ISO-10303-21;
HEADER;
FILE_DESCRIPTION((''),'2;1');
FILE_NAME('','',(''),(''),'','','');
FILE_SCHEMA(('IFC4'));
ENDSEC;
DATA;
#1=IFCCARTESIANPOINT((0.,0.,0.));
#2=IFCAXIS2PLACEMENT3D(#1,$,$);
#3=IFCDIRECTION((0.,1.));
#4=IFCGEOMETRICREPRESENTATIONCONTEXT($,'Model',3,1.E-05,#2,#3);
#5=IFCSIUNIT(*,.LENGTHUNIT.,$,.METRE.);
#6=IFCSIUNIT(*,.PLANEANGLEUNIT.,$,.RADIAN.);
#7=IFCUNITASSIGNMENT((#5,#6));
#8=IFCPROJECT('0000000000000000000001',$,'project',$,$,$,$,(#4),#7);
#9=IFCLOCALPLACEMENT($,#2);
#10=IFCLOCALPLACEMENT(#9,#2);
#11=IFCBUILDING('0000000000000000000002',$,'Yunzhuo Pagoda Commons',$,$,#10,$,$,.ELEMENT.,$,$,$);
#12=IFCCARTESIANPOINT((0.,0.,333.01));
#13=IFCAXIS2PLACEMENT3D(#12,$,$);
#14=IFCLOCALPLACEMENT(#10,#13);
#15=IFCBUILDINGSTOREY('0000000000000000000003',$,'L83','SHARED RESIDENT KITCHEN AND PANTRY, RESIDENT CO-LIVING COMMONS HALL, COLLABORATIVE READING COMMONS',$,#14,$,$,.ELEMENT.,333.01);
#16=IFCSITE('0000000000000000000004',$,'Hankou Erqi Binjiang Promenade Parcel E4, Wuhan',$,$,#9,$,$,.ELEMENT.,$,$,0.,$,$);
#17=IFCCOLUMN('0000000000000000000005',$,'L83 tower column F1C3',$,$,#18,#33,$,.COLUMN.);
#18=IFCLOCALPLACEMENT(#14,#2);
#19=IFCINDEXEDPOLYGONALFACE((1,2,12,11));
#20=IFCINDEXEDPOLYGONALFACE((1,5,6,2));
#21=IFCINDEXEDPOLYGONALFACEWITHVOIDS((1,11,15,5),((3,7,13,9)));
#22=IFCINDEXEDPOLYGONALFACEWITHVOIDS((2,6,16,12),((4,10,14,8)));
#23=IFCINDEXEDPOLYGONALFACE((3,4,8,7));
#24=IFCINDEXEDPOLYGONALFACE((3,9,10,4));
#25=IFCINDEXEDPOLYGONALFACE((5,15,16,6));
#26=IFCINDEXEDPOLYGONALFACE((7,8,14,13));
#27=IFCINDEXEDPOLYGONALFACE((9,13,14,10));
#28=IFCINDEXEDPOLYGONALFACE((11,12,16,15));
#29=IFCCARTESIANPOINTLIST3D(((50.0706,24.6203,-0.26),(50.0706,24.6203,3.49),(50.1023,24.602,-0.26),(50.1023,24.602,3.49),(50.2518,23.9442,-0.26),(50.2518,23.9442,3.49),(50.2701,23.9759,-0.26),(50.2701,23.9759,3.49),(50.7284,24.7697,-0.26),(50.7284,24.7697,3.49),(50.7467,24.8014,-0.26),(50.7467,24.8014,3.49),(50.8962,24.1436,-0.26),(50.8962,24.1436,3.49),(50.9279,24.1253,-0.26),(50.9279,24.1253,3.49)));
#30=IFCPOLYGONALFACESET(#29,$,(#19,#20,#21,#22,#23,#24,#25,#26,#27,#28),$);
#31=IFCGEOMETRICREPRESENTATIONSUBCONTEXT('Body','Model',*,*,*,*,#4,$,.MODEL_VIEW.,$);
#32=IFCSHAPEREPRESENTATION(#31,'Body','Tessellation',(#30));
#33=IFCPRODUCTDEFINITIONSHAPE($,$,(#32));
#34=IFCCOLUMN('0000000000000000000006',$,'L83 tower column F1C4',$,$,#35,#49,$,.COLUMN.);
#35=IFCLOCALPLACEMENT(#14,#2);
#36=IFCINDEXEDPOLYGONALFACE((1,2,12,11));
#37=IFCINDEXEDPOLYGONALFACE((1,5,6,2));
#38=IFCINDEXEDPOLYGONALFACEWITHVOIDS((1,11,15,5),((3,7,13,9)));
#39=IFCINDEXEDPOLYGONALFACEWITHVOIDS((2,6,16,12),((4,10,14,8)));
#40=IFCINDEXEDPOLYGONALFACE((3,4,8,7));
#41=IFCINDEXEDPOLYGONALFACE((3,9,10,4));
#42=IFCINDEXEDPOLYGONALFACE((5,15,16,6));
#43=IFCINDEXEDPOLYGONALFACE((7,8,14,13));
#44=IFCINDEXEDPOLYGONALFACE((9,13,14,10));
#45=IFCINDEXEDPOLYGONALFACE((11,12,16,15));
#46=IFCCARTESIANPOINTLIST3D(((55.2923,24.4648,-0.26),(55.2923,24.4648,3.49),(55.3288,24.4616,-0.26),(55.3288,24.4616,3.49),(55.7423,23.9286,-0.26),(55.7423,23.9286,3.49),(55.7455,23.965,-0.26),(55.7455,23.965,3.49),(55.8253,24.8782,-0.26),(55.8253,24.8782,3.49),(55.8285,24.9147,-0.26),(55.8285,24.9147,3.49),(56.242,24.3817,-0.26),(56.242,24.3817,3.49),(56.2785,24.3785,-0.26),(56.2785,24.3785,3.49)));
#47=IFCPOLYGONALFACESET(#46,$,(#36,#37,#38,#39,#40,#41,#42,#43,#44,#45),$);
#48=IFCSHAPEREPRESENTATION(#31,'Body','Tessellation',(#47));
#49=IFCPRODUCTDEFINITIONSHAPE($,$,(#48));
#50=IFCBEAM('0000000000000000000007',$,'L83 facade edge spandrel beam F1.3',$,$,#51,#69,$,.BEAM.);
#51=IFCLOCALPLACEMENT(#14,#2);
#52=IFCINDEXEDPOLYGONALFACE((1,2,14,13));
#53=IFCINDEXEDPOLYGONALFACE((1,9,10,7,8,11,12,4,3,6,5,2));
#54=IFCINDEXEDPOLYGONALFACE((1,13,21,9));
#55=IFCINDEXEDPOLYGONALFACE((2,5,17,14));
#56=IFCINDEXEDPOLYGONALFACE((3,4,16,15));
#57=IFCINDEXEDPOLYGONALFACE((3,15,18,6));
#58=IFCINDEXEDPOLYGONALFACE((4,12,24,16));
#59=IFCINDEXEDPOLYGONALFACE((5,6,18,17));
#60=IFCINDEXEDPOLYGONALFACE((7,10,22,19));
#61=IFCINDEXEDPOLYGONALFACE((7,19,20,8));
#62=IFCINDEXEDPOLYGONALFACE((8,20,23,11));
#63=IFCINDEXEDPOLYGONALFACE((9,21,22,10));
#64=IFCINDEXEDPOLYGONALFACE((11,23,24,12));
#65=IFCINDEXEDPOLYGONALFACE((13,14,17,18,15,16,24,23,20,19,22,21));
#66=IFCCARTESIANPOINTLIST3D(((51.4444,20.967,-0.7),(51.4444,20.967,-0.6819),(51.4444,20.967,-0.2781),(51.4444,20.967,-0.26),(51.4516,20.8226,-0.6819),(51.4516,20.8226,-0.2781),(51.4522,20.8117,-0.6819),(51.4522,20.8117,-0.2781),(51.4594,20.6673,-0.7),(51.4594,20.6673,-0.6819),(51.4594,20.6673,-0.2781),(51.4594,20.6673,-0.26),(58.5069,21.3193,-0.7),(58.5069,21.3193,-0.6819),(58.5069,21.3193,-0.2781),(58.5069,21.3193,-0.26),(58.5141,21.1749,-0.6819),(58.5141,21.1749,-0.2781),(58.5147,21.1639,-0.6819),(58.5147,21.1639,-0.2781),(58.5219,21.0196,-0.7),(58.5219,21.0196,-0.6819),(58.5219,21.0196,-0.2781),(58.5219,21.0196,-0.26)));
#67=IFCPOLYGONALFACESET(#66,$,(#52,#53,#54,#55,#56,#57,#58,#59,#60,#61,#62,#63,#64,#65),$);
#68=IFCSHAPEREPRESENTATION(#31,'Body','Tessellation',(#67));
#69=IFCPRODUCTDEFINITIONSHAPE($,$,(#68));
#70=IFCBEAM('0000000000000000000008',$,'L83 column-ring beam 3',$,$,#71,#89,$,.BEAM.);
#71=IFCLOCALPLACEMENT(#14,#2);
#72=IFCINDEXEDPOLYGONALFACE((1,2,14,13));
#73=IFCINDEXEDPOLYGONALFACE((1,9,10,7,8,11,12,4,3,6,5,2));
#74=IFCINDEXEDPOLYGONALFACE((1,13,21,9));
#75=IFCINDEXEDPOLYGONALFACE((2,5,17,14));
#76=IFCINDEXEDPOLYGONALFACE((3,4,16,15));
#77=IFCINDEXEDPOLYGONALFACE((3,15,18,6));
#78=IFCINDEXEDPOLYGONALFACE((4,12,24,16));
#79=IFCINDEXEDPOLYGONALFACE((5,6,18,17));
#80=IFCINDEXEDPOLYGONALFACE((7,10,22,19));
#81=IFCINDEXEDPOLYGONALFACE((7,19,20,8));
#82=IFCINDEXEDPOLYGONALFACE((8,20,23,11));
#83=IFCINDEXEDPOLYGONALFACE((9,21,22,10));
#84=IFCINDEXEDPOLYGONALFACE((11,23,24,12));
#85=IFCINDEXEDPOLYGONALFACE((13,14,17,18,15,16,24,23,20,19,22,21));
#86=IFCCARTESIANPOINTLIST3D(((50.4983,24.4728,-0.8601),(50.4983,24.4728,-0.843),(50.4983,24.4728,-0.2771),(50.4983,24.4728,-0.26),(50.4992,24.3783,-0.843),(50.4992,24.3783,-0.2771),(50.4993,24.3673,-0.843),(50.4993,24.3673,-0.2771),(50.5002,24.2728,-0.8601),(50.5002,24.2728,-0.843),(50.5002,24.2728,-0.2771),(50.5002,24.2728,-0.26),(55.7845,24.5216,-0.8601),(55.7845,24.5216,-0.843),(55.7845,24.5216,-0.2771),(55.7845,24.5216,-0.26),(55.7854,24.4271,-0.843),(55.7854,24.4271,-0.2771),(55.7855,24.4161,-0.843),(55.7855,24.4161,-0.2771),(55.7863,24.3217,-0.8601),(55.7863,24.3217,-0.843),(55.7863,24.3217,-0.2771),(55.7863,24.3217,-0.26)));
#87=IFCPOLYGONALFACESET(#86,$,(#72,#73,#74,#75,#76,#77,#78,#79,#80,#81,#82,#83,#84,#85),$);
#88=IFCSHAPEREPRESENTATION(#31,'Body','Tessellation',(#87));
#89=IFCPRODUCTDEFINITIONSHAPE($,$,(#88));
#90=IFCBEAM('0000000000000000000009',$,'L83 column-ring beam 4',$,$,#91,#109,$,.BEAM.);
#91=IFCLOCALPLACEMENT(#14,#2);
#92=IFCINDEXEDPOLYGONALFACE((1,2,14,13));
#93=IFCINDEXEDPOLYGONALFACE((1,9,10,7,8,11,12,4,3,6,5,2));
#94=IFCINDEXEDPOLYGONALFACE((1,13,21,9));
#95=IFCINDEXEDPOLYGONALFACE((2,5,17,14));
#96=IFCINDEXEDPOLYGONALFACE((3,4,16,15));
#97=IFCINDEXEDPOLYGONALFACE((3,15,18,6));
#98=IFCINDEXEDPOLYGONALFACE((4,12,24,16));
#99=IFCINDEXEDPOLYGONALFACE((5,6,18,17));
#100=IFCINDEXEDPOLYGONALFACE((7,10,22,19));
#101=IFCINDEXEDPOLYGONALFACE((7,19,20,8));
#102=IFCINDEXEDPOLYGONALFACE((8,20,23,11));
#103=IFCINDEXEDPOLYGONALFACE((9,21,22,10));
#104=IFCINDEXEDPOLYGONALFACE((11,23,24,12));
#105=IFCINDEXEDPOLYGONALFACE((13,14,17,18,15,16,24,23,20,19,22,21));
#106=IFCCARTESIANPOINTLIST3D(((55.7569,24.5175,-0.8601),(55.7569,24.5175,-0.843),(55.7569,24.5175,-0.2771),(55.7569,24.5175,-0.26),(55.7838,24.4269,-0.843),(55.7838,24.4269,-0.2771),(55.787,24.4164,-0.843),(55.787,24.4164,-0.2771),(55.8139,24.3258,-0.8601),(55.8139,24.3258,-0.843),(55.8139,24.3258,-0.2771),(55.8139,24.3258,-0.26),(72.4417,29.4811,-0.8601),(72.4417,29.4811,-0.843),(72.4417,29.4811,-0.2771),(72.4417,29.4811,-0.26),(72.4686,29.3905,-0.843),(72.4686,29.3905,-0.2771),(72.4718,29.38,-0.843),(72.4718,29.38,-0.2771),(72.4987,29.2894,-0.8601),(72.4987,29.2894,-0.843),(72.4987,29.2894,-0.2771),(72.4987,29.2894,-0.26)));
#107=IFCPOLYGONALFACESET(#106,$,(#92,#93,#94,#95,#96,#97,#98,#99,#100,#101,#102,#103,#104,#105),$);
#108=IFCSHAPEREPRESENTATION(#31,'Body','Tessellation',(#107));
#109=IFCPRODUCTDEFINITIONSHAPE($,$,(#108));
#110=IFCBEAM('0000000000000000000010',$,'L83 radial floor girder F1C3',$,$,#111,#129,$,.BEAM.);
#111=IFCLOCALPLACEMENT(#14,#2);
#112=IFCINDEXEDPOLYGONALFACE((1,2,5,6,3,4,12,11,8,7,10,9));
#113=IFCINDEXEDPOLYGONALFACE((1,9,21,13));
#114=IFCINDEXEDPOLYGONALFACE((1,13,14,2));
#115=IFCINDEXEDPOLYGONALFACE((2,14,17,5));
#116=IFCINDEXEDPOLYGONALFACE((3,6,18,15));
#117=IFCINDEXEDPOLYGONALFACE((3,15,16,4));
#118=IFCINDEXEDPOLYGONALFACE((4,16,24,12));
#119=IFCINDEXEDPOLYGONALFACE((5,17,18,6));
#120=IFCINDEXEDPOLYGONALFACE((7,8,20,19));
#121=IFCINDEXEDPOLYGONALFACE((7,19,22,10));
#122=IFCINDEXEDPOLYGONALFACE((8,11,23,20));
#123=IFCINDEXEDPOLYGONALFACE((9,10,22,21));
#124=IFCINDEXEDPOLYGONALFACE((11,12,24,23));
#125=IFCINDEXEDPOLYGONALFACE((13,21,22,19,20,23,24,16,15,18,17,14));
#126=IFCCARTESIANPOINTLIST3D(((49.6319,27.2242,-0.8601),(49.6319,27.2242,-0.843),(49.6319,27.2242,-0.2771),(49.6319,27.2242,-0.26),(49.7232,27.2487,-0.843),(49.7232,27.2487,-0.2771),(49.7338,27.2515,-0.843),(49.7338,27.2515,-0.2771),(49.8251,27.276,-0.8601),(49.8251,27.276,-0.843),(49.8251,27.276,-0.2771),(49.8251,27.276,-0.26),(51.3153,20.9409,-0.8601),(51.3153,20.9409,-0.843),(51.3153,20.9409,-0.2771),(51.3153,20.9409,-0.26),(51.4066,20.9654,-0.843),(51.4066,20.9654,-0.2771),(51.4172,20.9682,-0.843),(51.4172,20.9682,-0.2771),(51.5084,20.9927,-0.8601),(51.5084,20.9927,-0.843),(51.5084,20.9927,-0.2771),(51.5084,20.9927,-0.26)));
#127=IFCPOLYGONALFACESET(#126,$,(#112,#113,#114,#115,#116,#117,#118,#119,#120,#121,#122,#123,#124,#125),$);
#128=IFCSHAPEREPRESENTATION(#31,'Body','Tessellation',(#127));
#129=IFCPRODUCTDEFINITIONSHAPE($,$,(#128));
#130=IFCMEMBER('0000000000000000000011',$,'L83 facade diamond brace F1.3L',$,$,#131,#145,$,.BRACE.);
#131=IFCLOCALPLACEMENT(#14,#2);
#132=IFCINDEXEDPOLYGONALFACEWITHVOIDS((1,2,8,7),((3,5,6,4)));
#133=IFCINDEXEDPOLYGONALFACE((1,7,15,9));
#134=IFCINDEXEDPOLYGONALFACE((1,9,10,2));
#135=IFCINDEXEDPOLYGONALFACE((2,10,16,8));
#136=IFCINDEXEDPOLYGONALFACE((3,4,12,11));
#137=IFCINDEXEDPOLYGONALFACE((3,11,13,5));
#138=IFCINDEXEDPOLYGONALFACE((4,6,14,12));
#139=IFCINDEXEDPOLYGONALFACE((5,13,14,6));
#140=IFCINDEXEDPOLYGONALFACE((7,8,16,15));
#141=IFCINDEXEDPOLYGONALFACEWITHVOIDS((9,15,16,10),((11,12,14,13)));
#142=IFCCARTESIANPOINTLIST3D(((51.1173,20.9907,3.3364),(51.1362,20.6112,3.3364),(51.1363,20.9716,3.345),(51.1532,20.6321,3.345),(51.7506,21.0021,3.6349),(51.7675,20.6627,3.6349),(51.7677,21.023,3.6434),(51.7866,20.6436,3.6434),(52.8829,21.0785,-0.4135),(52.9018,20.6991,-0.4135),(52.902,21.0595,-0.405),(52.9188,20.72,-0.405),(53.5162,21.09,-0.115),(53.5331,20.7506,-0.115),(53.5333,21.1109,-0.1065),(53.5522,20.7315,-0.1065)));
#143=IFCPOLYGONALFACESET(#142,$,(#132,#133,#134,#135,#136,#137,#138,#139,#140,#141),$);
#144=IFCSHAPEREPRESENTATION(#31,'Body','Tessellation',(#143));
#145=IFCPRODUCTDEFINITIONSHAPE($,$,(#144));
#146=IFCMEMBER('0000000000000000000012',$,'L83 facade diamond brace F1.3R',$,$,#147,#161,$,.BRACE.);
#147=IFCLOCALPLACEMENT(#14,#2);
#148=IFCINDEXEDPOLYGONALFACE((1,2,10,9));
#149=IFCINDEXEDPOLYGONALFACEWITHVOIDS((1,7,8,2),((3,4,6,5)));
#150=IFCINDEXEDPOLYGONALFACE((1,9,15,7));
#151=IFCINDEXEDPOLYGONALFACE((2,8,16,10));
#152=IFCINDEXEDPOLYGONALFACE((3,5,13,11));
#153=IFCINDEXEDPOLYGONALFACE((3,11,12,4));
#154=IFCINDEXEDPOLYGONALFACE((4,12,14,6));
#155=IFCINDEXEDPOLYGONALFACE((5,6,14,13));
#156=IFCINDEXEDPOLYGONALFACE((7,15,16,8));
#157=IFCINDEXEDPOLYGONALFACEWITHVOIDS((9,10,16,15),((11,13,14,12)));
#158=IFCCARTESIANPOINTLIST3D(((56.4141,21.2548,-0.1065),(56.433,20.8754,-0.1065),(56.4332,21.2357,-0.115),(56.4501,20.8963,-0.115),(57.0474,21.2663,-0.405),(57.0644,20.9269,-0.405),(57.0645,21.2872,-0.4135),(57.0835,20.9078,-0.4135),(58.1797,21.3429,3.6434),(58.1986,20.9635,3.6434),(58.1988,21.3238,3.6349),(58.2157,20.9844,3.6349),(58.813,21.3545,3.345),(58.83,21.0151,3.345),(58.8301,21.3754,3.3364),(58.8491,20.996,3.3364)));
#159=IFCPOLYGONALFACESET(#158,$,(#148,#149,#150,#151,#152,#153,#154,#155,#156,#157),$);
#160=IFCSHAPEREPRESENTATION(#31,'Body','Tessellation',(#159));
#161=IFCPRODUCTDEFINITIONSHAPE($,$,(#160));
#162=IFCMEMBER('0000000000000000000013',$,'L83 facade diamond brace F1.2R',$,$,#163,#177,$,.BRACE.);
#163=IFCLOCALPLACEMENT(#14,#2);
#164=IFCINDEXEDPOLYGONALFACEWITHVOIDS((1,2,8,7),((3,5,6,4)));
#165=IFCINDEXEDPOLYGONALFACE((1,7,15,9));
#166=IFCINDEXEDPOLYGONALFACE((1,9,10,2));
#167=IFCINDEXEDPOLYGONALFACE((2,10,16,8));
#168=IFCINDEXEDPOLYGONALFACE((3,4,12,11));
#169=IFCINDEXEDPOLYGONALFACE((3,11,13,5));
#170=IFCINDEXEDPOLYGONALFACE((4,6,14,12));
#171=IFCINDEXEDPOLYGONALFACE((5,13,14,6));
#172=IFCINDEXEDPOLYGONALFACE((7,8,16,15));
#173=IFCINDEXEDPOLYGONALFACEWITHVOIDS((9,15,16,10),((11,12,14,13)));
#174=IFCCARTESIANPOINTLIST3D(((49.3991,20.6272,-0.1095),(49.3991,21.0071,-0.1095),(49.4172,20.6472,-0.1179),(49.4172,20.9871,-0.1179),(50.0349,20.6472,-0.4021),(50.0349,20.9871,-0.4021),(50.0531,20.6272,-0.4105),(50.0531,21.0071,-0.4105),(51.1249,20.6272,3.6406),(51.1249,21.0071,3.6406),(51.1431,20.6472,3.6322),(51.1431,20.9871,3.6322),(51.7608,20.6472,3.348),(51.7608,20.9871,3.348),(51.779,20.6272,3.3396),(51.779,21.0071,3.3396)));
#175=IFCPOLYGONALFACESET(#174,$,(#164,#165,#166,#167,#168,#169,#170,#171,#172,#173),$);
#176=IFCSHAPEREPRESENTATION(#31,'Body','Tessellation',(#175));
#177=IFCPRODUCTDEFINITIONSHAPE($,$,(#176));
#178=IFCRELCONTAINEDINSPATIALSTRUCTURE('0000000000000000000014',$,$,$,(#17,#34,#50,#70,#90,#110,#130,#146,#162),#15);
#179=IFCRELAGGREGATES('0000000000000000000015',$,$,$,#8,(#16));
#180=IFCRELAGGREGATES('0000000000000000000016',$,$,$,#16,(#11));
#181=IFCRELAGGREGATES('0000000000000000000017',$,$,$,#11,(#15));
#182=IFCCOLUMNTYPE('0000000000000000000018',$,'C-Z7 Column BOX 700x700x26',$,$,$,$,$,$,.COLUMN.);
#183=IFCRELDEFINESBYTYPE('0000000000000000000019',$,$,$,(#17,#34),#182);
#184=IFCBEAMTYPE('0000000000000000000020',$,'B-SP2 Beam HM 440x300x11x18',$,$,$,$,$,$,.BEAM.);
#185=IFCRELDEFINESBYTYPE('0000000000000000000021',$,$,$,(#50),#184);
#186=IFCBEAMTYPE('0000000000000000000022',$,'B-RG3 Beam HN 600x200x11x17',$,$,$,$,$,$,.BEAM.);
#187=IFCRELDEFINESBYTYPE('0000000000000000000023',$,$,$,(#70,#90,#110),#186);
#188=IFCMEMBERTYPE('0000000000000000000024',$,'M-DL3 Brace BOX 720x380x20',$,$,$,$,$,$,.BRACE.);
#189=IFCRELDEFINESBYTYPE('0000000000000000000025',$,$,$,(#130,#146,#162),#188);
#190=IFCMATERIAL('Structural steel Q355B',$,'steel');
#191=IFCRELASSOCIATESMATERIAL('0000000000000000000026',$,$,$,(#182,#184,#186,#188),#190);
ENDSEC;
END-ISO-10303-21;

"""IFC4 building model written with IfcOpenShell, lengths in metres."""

from ifc_helpers import new_model, si_unit, direction, frame, origin, origin_2d, place, context, subcontext, project, spatial, hollow_rectangle, i_section, extrude, source, transform, mapped, material, material_profile, profile_set, type_object, element, save


model = new_model("IFC4")

# Units and contexts
model_context = context("Model", 3, precision=1e-05, world=origin(), true_north=direction((0.0, 1.0)))
body_context = subcontext(model_context, "Body", "Model", "MODEL_VIEW")
ifc_project = project(units=[si_unit("LENGTHUNIT", "METRE"), si_unit("PLANEANGLEUNIT", "RADIAN")], contexts=[model_context])

# Site, building, storey
site_placement = place(None, origin())
site = spatial("IfcSite", under=ifc_project, at=site_placement, Name="Hankou Erqi Binjiang Promenade Parcel E4, Wuhan", CompositionType="ELEMENT", RefElevation=0.0)
building_placement = place(site_placement, origin())
building = spatial("IfcBuilding", under=site, at=building_placement, Name="Yunzhuo Pagoda Commons", CompositionType="ELEMENT")
storey_placement = place(building_placement, frame((0.0, 0.0, 333.01)))
storey = spatial("IfcBuildingStorey", under=building, at=storey_placement, Name="L83", Description="SHARED RESIDENT KITCHEN AND PANTRY, RESIDENT CO-LIVING COMMONS HALL, COLLABORATIVE READING COMMONS", CompositionType="ELEMENT", Elevation=333.01)

# Columns
ifc_material_1 = material(Name="Structural steel Q355B", Category="steel")
ifc_material_profile_1 = material_profile(ifc_material_1, hollow_rectangle(XDim=0.7, YDim=0.7, WallThickness=0.0259, at=origin_2d()), Name="Structural steel Q355B")
ifc_profile_set_1 = profile_set([ifc_material_profile_1], Name="Structural steel Q355B")
column_type = type_object("IfcColumnType", Name="C-Z7 Column BOX 700x700x26", PredefinedType="COLUMN", material=ifc_profile_set_1)
shared_shape_1 = source(origin(), body_context, "Body", "SweptSolid", [
    extrude(hollow_rectangle(XDim=0.7, YDim=0.7, WallThickness=0.0259, at=origin_2d()), origin(), (0.0, 0.0, 1.0), 3.75),
])
for number, where, z_axis, x_axis, name in (
    (1, (50.4993, 24.3728, -0.26), (0.0, 0.0, 1.0), (0.965926, 0.258819, 0.0), "L83 tower column F1C3"),
    (2, (55.7854, 24.4216, -0.26), (0.0, 0.0, 1.0), (0.766044, 0.642788, 0.0), "L83 tower column F1C4"),
):
    element("IfcColumn", number, at=place(storey_placement, frame(where, z_axis=z_axis, x_axis=x_axis)), inside=storey, type_object=column_type, Name=name, PredefinedType="COLUMN", context=body_context, shape_type="MappedRepresentation", body=[
        mapped(shared_shape_1, transform((0.0, 0.0, 0.0), scale=1.0)),
    ])

# Beams
ifc_material_profile_2 = material_profile(ifc_material_1, i_section(OverallWidth=0.3, OverallDepth=0.4399, WebThickness=0.011, FlangeThickness=0.0181, at=origin_2d()), Name="Structural steel Q355B")
ifc_profile_set_2 = profile_set([ifc_material_profile_2], Name="Structural steel Q355B")
beam_type_1 = type_object("IfcBeamType", Name="B-SP2 Beam HM 440x300x11x18", PredefinedType="BEAM", material=ifc_profile_set_2)
shared_shape_2 = source(origin(), body_context, "Body", "SweptSolid", [
    extrude(i_section(OverallWidth=0.3, OverallDepth=0.4399, WebThickness=0.011, FlangeThickness=0.0181, at=origin_2d()), origin(), (0.0, 0.0, 1.0), 7.0713),
])
beam_1_placement = place(storey_placement, frame((51.4519, 20.8171, -0.48), z_axis=(0.998758, 0.049821, 0.0), x_axis=(-0.049821, 0.998758, 0.0)))
element("IfcBeam", 3, at=beam_1_placement, inside=storey, type_object=beam_type_1, Name="L83 facade edge spandrel beam F1.3", PredefinedType="BEAM", context=body_context, shape_type="MappedRepresentation", body=[
    mapped(shared_shape_2, transform((0.0, 0.0, 0.0), scale=1.0)),
])
ifc_material_profile_3 = material_profile(ifc_material_1, i_section(OverallWidth=0.2, OverallDepth=0.6001, WebThickness=0.011, FlangeThickness=0.0171, at=origin_2d()), Name="Structural steel Q355B")
ifc_profile_set_3 = profile_set([ifc_material_profile_3], Name="Structural steel Q355B")
beam_type_2 = type_object("IfcBeamType", Name="B-RG3 Beam HN 600x200x11x17", PredefinedType="BEAM", material=ifc_profile_set_3)
shared_shape_3 = source(origin(), body_context, "Body", "SweptSolid", [
    extrude(i_section(OverallWidth=0.2, OverallDepth=0.6001, WebThickness=0.011, FlangeThickness=0.0171, at=origin_2d()), origin(), (0.0, 0.0, 1.0), 5.2864),
])
beam_2_placement = place(storey_placement, frame((50.4993, 24.3728, -0.5601), z_axis=(0.999957, 0.009237, 0.0), x_axis=(-0.009237, 0.999957, 0.0)))
element("IfcBeam", 4, at=beam_2_placement, inside=storey, type_object=beam_type_2, Name="L83 column-ring beam 3", PredefinedType="BEAM", context=body_context, shape_type="MappedRepresentation", body=[
    mapped(shared_shape_3, transform((0.0, 0.0, 0.0), scale=1.0)),
])
shared_shape_4 = source(origin(), body_context, "Body", "SweptSolid", [
    extrude(i_section(OverallWidth=0.2, OverallDepth=0.6001, WebThickness=0.011, FlangeThickness=0.0171, at=origin_2d()), origin(), (0.0, 0.0, 1.0), 17.4075),
])
beam_3_placement = place(storey_placement, frame((55.7854, 24.4216, -0.5601), z_axis=(0.958485, 0.285143, 0.0), x_axis=(-0.285143, 0.958485, 0.0)))
element("IfcBeam", 5, at=beam_3_placement, inside=storey, type_object=beam_type_2, Name="L83 column-ring beam 4", PredefinedType="BEAM", context=body_context, shape_type="MappedRepresentation", body=[
    mapped(shared_shape_4, transform((0.0, 0.0, 0.0), scale=1.0)),
])
shared_shape_5 = source(origin(), body_context, "Body", "SweptSolid", [
    extrude(i_section(OverallWidth=0.2, OverallDepth=0.6001, WebThickness=0.011, FlangeThickness=0.0171, at=origin_2d()), origin(), (0.0, 0.0, 1.0), 6.5049),
])
beam_4_placement = place(storey_placement, frame((51.4119, 20.9668, -0.5601), z_axis=(-0.258786, 0.965935, 0.0), x_axis=(-0.965935, -0.258786, 0.0)))
element("IfcBeam", 6, at=beam_4_placement, inside=storey, type_object=beam_type_2, Name="L83 radial floor girder F1C3", PredefinedType="BEAM", context=body_context, shape_type="MappedRepresentation", body=[
    mapped(shared_shape_5, transform((0.0, 0.0, 0.0), scale=1.0)),
])

# Members
ifc_material_profile_4 = material_profile(ifc_material_1, hollow_rectangle(XDim=0.3799, YDim=0.72, WallThickness=0.02, at=origin_2d()), Name="Structural steel Q355B")
ifc_profile_set_4 = profile_set([ifc_material_profile_4], Name="Structural steel Q355B")
member_type_1 = type_object("IfcMemberType", Name="M-DL3 Brace BOX 720x380x20", PredefinedType="BRACE", material=ifc_profile_set_4)
shared_shape_6 = source(origin(), body_context, "Body", "SweptSolid", [
    extrude(hollow_rectangle(XDim=0.3799, YDim=0.72, WallThickness=0.02, at=origin_2d()), origin(), (0.0, 0.0, 1.0), 4.1458),
])
for number, where, z_axis, x_axis, name in (
    (7, (53.2175, 20.905, -0.26), (-0.425883, -0.0212, 0.90453), (0.049717, -0.998763, 0.0), "L83 facade diamond brace F1.3L"),
    (8, (56.7488, 21.0813, -0.26), (0.425882, 0.021259, 0.904529), (-0.049855, 0.998756, 0.0), "L83 facade diamond brace F1.3R"),
):
    element("IfcMember", number, at=place(storey_placement, frame(where, z_axis=z_axis, x_axis=x_axis)), inside=storey, type_object=member_type_1, Name=name, PredefinedType="BRACE", context=body_context, shape_type="MappedRepresentation", body=[
        mapped(shared_shape_6, transform((0.0, 0.0, 0.0), scale=1.0)),
    ])
shared_shape_7 = source(origin(), body_context, "Body", "SweptSolid", [
    extrude(hollow_rectangle(XDim=0.3799, YDim=0.72, WallThickness=0.02, at=origin_2d()), origin(), (0.0, 0.0, 1.0), 4.1282),
])
member_1_placement = place(storey_placement, frame((49.7261, 20.8171, -0.26), z_axis=(0.418072, 0.0, 0.908414), x_axis=(0.0, 1.0, 0.0)))
element("IfcMember", 9, at=member_1_placement, inside=storey, type_object=member_type_1, Name="L83 facade diamond brace F1.2R", PredefinedType="BRACE", context=body_context, shape_type="MappedRepresentation", body=[
    mapped(shared_shape_7, transform((0.0, 0.0, 0.0), scale=1.0)),
])

save(model, "model.ifc")
